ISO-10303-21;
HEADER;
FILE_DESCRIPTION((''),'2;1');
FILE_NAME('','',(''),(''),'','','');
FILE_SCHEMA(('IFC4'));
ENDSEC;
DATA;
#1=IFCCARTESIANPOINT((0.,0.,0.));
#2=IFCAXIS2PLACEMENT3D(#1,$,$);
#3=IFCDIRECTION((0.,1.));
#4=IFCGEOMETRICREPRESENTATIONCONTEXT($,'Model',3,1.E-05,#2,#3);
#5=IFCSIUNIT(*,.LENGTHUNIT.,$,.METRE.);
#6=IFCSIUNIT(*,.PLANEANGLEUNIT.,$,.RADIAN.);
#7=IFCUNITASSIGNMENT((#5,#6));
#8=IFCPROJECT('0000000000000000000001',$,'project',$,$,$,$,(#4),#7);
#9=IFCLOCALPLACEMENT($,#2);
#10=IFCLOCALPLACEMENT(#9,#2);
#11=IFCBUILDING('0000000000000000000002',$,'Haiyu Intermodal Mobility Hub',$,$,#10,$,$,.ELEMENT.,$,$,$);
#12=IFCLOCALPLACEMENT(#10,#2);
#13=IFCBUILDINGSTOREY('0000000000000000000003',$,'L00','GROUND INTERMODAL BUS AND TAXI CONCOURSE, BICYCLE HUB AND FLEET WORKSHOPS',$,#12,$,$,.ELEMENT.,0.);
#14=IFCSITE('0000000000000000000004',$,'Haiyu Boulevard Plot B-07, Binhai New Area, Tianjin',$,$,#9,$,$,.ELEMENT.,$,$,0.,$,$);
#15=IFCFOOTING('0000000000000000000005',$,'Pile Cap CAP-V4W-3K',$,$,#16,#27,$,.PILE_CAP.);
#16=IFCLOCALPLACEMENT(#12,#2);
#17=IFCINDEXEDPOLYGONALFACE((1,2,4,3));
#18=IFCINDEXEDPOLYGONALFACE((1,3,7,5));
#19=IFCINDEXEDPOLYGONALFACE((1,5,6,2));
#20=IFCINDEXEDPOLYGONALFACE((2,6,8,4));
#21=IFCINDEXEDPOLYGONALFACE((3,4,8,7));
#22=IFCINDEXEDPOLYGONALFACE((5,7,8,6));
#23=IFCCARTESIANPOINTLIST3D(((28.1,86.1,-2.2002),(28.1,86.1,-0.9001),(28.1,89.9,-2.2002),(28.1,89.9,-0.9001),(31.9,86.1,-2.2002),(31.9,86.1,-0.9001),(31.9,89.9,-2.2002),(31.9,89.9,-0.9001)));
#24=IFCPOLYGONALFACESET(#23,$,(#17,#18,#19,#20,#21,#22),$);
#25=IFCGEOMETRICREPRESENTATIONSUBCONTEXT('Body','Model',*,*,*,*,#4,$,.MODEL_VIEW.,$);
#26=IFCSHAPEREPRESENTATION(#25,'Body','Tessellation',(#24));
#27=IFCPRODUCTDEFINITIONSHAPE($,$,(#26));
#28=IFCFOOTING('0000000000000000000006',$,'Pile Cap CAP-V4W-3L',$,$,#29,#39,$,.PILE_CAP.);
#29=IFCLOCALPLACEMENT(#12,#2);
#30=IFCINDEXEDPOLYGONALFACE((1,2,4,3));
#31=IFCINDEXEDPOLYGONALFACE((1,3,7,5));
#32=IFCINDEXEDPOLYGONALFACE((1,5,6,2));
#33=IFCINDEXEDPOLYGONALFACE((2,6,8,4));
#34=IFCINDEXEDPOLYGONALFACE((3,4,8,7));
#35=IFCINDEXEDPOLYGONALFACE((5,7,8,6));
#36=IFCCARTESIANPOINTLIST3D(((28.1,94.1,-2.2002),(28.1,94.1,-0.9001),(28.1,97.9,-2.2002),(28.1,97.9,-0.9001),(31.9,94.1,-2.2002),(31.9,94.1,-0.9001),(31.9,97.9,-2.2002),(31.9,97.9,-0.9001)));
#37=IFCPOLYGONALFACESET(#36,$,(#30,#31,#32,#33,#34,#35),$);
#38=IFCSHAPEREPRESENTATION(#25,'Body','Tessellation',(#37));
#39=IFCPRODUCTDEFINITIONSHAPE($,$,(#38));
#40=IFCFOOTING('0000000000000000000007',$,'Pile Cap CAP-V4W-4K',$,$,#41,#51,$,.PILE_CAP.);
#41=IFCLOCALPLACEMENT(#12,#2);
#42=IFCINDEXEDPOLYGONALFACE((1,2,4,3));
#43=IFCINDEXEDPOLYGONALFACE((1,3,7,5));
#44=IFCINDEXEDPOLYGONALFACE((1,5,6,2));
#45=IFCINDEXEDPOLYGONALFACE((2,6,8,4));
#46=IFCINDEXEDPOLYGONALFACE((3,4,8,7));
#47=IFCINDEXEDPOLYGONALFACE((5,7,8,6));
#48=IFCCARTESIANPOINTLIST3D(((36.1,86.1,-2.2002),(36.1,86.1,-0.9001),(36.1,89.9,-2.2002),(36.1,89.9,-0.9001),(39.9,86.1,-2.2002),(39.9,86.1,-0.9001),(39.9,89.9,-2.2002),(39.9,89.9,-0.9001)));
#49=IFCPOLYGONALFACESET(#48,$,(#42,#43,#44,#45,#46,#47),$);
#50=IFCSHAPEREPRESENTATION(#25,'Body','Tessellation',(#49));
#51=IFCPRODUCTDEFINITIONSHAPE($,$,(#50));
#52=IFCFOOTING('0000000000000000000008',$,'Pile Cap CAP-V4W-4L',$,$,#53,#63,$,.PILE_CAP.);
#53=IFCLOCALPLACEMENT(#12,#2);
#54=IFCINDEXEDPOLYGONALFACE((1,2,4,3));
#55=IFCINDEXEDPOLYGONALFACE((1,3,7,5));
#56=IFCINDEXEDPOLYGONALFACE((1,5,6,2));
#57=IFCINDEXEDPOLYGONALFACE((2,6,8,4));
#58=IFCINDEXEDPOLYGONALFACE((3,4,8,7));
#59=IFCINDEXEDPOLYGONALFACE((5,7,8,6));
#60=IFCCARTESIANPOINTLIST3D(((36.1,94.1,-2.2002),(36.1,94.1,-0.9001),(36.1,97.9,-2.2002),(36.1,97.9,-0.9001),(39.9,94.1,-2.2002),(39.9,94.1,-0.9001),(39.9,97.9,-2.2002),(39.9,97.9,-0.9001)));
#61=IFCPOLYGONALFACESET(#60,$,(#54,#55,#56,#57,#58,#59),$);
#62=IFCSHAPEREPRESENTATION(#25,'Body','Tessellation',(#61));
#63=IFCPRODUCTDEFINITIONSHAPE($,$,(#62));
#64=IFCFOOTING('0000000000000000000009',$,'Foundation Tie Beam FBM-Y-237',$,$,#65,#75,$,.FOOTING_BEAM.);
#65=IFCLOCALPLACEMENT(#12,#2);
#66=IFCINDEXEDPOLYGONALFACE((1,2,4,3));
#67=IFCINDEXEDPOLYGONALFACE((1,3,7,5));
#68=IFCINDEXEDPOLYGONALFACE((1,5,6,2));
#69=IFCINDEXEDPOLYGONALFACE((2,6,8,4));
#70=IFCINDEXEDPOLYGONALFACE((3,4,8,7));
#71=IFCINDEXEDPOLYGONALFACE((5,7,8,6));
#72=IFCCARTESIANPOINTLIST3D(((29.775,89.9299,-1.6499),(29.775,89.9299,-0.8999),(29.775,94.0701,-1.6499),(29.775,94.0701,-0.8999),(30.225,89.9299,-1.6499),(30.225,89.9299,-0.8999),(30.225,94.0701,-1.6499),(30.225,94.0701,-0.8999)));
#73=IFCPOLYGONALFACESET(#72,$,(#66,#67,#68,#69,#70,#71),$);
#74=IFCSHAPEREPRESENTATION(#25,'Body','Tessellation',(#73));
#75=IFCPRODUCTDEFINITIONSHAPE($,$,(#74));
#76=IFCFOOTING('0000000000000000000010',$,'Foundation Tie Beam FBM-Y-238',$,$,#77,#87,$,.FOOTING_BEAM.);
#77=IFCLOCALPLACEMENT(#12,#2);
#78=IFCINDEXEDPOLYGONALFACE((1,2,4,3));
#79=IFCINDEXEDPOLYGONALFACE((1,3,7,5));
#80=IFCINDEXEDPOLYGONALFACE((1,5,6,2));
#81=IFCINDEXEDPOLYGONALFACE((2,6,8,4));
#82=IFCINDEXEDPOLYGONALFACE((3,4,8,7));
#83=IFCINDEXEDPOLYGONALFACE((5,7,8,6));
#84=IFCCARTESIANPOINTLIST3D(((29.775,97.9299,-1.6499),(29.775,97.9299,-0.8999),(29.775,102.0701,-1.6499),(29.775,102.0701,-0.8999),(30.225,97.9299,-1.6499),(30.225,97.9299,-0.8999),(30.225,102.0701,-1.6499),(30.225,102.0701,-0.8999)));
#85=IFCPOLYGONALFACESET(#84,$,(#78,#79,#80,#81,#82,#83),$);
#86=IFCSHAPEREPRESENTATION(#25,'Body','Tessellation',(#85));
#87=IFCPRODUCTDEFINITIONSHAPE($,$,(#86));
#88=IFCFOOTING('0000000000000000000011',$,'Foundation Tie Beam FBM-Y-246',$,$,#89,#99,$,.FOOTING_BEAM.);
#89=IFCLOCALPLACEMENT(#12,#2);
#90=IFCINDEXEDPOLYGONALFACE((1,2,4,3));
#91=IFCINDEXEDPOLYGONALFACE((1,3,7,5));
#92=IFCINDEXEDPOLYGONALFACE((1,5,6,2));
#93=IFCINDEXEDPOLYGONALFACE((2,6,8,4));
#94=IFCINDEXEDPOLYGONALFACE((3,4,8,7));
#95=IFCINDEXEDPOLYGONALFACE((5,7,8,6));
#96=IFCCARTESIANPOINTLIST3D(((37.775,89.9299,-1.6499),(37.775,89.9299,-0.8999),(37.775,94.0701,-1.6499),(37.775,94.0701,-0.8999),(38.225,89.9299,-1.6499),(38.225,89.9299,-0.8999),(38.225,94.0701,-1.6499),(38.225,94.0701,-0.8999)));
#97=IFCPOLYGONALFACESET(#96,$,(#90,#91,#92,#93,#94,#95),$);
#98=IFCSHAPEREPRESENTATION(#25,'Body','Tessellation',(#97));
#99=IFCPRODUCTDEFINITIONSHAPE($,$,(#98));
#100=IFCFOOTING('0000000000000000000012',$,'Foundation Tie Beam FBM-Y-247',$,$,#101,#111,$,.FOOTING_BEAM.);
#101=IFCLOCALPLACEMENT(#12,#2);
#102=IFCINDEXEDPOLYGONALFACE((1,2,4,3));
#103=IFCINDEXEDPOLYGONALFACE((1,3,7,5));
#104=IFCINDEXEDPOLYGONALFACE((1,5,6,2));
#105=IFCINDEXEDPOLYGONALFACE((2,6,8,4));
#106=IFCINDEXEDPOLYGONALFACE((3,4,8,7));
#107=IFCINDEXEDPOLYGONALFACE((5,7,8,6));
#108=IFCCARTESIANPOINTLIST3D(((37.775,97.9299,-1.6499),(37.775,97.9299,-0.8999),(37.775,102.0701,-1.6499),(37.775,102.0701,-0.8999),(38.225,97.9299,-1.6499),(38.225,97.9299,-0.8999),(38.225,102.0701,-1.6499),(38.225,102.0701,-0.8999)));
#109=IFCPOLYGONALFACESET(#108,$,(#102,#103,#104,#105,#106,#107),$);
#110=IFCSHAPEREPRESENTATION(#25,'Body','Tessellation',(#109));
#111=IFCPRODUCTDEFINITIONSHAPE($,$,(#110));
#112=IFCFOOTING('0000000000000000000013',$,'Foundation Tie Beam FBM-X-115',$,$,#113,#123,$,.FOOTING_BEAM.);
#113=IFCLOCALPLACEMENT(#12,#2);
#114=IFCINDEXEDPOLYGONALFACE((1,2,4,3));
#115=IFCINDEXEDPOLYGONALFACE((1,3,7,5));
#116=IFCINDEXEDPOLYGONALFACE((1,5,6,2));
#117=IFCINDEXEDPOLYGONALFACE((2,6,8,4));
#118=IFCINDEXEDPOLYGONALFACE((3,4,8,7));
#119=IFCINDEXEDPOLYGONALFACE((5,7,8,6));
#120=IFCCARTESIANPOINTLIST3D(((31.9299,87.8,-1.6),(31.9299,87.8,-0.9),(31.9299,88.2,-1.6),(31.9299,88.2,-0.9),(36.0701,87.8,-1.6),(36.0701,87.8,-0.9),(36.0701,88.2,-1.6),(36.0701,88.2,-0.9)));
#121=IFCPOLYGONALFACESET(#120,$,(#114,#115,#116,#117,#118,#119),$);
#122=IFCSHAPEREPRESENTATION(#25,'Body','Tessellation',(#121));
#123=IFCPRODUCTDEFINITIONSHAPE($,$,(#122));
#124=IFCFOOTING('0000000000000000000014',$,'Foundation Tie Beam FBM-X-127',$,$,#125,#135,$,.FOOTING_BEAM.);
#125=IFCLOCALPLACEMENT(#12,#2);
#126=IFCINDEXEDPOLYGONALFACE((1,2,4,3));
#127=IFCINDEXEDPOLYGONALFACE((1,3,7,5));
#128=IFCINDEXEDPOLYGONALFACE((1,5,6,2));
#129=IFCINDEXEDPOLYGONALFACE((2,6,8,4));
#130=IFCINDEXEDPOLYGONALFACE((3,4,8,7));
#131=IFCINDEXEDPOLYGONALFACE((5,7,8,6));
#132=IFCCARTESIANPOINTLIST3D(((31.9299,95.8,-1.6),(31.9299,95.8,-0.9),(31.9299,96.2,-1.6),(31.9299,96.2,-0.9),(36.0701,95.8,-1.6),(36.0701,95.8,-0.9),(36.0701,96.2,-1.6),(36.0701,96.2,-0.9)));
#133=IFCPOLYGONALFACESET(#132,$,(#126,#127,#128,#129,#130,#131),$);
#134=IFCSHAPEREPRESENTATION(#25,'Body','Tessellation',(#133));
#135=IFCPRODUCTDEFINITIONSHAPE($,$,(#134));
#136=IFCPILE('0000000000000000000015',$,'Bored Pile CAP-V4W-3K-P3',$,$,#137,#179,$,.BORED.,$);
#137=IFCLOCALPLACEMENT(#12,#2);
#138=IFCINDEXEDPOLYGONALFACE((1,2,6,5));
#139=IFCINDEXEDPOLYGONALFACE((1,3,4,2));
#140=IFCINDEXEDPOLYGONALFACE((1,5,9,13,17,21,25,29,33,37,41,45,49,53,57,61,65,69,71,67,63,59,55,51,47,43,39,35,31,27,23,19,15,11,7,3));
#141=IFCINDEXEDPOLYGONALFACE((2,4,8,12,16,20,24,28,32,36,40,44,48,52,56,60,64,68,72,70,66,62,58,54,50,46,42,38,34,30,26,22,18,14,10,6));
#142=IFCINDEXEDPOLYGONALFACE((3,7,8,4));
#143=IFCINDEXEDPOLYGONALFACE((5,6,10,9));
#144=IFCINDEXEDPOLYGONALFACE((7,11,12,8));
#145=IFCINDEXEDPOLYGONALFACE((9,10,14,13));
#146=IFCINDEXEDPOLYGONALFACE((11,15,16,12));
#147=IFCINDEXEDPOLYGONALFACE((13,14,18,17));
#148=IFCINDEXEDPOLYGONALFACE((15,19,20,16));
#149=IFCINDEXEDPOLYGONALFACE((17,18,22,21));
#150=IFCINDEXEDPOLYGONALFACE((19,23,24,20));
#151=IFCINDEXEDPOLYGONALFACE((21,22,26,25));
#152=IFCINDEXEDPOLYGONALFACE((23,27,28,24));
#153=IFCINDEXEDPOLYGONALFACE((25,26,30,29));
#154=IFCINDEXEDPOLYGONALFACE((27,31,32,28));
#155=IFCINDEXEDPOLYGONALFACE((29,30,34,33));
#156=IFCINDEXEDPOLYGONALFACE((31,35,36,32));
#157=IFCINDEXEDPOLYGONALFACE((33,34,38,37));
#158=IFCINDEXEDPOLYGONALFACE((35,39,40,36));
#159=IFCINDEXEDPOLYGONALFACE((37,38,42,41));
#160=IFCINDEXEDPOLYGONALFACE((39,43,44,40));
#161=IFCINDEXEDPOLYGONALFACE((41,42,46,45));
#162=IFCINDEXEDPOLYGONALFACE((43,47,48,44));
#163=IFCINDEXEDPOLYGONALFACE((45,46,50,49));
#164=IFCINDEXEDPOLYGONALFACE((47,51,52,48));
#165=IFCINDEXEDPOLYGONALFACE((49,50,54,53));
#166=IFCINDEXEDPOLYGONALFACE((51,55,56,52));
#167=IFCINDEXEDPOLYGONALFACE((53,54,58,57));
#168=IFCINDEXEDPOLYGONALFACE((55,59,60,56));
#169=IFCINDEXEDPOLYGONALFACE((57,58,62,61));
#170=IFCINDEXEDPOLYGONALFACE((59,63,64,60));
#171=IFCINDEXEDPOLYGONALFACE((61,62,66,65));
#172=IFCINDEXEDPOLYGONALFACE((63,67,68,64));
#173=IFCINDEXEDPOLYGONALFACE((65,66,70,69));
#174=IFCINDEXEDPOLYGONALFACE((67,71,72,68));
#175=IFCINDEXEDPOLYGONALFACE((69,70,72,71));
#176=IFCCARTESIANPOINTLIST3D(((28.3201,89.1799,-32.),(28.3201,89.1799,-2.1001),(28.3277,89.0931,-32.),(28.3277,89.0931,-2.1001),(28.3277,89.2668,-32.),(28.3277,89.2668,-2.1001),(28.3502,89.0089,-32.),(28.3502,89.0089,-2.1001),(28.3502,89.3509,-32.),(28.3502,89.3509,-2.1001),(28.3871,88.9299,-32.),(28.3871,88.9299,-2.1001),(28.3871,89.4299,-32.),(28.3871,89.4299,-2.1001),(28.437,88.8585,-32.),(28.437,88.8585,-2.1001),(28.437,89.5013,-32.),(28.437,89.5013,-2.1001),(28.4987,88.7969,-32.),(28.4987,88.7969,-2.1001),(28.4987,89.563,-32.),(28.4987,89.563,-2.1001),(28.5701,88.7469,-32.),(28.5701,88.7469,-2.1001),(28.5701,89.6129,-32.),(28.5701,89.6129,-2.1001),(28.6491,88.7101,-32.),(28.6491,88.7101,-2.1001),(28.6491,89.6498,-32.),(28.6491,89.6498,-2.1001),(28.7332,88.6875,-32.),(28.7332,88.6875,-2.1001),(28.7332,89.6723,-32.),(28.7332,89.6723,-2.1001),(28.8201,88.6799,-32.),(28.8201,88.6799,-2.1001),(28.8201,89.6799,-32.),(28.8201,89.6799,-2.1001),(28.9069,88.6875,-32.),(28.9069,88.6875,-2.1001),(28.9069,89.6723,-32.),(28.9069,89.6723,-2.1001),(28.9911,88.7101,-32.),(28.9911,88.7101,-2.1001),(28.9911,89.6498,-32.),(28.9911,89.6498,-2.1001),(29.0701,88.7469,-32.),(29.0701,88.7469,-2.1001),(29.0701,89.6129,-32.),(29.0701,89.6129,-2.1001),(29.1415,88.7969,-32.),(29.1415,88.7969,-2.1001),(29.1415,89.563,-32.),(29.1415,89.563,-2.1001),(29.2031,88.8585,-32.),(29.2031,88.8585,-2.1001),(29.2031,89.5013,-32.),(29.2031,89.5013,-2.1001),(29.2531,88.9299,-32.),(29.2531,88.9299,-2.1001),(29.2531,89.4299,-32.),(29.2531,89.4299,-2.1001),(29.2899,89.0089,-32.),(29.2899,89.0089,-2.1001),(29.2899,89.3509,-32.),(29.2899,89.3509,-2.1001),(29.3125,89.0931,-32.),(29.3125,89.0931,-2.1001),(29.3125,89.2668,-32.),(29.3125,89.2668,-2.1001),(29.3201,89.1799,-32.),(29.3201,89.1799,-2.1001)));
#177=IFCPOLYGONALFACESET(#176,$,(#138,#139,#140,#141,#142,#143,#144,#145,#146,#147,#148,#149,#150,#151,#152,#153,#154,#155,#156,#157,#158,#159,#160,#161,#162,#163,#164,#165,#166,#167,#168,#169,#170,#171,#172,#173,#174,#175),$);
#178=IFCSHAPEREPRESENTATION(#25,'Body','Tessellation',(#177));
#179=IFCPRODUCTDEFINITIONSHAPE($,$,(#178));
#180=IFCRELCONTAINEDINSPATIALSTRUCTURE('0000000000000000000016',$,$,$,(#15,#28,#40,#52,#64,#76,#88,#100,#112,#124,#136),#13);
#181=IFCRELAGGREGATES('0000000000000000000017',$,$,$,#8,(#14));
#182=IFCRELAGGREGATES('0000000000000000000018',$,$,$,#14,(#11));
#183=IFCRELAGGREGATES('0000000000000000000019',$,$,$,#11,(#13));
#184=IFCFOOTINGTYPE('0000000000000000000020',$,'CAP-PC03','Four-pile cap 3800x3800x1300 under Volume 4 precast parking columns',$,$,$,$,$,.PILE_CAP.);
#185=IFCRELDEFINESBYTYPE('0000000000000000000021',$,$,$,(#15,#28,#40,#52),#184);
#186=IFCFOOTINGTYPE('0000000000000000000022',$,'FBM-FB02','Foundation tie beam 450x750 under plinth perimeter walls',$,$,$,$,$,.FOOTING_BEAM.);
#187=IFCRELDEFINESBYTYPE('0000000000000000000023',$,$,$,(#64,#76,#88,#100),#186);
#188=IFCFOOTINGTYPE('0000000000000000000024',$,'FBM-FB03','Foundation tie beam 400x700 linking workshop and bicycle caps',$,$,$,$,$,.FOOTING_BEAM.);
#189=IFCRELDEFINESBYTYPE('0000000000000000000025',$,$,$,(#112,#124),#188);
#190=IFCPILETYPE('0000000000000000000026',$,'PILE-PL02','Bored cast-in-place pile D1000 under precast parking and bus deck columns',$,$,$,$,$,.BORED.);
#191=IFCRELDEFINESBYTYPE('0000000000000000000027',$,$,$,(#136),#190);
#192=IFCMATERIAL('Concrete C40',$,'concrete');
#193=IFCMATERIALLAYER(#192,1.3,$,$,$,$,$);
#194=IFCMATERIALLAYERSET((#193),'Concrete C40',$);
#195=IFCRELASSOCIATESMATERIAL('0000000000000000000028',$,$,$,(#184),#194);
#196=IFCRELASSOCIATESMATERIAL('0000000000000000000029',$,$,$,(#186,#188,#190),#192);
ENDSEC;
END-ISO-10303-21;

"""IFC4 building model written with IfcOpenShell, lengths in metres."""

from ifc_helpers import new_model, si_unit, direction, frame, origin, origin_2d, place, context, subcontext, project, spatial, rectangle, circle, extrude, material, layer, layer_set, material_profile, profile_set, type_object, element, save


model = new_model("IFC4")

# Units and contexts
model_context = context("Model", 3, precision=1e-05, world=origin(), true_north=direction((0.0, 1.0)))
body_context = subcontext(model_context, "Body", "Model", "MODEL_VIEW")
ifc_project = project(units=[si_unit("LENGTHUNIT", "METRE"), si_unit("PLANEANGLEUNIT", "RADIAN")], contexts=[model_context])

# Site, building, storey
site_placement = place(None, origin())
site = spatial("IfcSite", under=ifc_project, at=site_placement, Name="Haiyu Boulevard Plot B-07, Binhai New Area, Tianjin", CompositionType="ELEMENT", RefElevation=0.0)
building_placement = place(site_placement, origin())
building = spatial("IfcBuilding", under=site, at=building_placement, Name="Haiyu Intermodal Mobility Hub", CompositionType="ELEMENT")
storey_placement = place(building_placement, origin())
storey = spatial("IfcBuildingStorey", under=building, at=storey_placement, Name="L00", Description="GROUND INTERMODAL BUS AND TAXI CONCOURSE, BICYCLE HUB AND FLEET WORKSHOPS", CompositionType="ELEMENT", Elevation=0.0)

# Footings
ifc_material_1 = material(Name="Concrete C40", Category="concrete")
ifc_layer = layer(ifc_material_1, 1.3)
ifc_layer_set = layer_set([ifc_layer], Name="Concrete C40")
footing_type_1 = type_object("IfcFootingType", Name="CAP-PC03", Description="Four-pile cap 3800x3800x1300 under Volume 4 precast parking columns", PredefinedType="PILE_CAP", material=ifc_layer_set)
for number, where, z_axis, x_axis, name in (
    (1, (30.0, 88.0, -2.2002), (0.0, 0.0, 1.0), (1.0, 0.0, 0.0), "Pile Cap CAP-V4W-3K"),
    (2, (30.0, 96.0, -2.2002), (0.0, 0.0, 1.0), (1.0, 0.0, 0.0), "Pile Cap CAP-V4W-3L"),
    (3, (38.0, 88.0, -2.2002), (0.0, 0.0, 1.0), (1.0, 0.0, 0.0), "Pile Cap CAP-V4W-4K"),
    (4, (38.0, 96.0, -2.2002), (0.0, 0.0, 1.0), (1.0, 0.0, 0.0), "Pile Cap CAP-V4W-4L"),
):
    element("IfcFooting", number, at=place(storey_placement, frame(where, z_axis=z_axis, x_axis=x_axis)), inside=storey, type_object=footing_type_1, Name=name, PredefinedType="PILE_CAP", context=body_context, shape_type="SweptSolid", body=[
        extrude(rectangle(XDim=3.8, YDim=3.8, at=origin_2d()), origin(), (0.0, 0.0, 1.0), 1.3),
    ])
ifc_material_profile_1 = material_profile(ifc_material_1, rectangle(XDim=0.45, YDim=0.75, at=origin_2d()), Name="FB450x750")
ifc_profile_set_1 = profile_set([ifc_material_profile_1], Name="Concrete C40")
footing_type_2 = type_object("IfcFootingType", Name="FBM-FB02", Description="Foundation tie beam 450x750 under plinth perimeter walls", PredefinedType="FOOTING_BEAM", material=ifc_profile_set_1)
for number, where, z_axis, x_axis, name in (
    (5, (30.0, 89.9299, -1.2749), (0.0, 1.0, 0.0), (-1.0, 0.0, 0.0), "Foundation Tie Beam FBM-Y-237"),
    (6, (30.0, 97.9299, -1.2749), (0.0, 1.0, 0.0), (-1.0, 0.0, 0.0), "Foundation Tie Beam FBM-Y-238"),
    (7, (38.0, 89.9299, -1.2749), (0.0, 1.0, 0.0), (-1.0, 0.0, 0.0), "Foundation Tie Beam FBM-Y-246"),
    (8, (38.0, 97.9299, -1.2749), (0.0, 1.0, 0.0), (-1.0, 0.0, 0.0), "Foundation Tie Beam FBM-Y-247"),
):
    element("IfcFooting", number, at=place(storey_placement, frame(where, z_axis=z_axis, x_axis=x_axis)), inside=storey, type_object=footing_type_2, Name=name, PredefinedType="FOOTING_BEAM", context=body_context, shape_type="SweptSolid", body=[
        extrude(rectangle(XDim=0.45, YDim=0.75, at=origin_2d()), origin(), (0.0, 0.0, 1.0), 4.1401),
    ])
ifc_material_profile_2 = material_profile(ifc_material_1, rectangle(XDim=0.3999, YDim=0.7, at=origin_2d()), Name="FB400x700")
ifc_profile_set_2 = profile_set([ifc_material_profile_2], Name="Concrete C40")
footing_type_3 = type_object("IfcFootingType", Name="FBM-FB03", Description="Foundation tie beam 400x700 linking workshop and bicycle caps", PredefinedType="FOOTING_BEAM", material=ifc_profile_set_2)
for number, where, z_axis, x_axis, name in (
    (9, (31.9299, 88.0, -1.25), (1.0, 0.0, 0.0), (0.0, 1.0, 0.0), "Foundation Tie Beam FBM-X-115"),
    (10, (31.9299, 96.0, -1.25), (1.0, 0.0, 0.0), (0.0, 1.0, 0.0), "Foundation Tie Beam FBM-X-127"),
):
    element("IfcFooting", number, at=place(storey_placement, frame(where, z_axis=z_axis, x_axis=x_axis)), inside=storey, type_object=footing_type_3, Name=name, PredefinedType="FOOTING_BEAM", context=body_context, shape_type="SweptSolid", body=[
        extrude(rectangle(XDim=0.3999, YDim=0.7, at=origin_2d()), origin(), (0.0, 0.0, 1.0), 4.1401),
    ])

# Pile
ifc_material_profile_3 = material_profile(ifc_material_1, circle(Radius=0.5, at=origin_2d()), Name="PILE-D1000")
ifc_profile_set_3 = profile_set([ifc_material_profile_3], Name="Concrete C40")
pile_type = type_object("IfcPileType", Name="PILE-PL02", Description="Bored cast-in-place pile D1000 under precast parking and bus deck columns", PredefinedType="BORED", material=ifc_profile_set_3)
for number, where, z_axis, x_axis, name in (
    (11, (28.8201, 89.1799, -2.1001), (0.0, 0.0, -1.0), (1.0, 0.0, 0.0), "Bored Pile CAP-V4W-3K-P3"),
):
    element("IfcPile", number, at=place(storey_placement, frame(where, z_axis=z_axis, x_axis=x_axis)), inside=storey, type_object=pile_type, Name=name, PredefinedType="BORED", context=body_context, shape_type="SweptSolid", body=[
        extrude(circle(Radius=0.5, at=origin_2d()), origin(), (0.0, 0.0, 1.0), 29.8999),
    ])

save(model, "model.ifc")
